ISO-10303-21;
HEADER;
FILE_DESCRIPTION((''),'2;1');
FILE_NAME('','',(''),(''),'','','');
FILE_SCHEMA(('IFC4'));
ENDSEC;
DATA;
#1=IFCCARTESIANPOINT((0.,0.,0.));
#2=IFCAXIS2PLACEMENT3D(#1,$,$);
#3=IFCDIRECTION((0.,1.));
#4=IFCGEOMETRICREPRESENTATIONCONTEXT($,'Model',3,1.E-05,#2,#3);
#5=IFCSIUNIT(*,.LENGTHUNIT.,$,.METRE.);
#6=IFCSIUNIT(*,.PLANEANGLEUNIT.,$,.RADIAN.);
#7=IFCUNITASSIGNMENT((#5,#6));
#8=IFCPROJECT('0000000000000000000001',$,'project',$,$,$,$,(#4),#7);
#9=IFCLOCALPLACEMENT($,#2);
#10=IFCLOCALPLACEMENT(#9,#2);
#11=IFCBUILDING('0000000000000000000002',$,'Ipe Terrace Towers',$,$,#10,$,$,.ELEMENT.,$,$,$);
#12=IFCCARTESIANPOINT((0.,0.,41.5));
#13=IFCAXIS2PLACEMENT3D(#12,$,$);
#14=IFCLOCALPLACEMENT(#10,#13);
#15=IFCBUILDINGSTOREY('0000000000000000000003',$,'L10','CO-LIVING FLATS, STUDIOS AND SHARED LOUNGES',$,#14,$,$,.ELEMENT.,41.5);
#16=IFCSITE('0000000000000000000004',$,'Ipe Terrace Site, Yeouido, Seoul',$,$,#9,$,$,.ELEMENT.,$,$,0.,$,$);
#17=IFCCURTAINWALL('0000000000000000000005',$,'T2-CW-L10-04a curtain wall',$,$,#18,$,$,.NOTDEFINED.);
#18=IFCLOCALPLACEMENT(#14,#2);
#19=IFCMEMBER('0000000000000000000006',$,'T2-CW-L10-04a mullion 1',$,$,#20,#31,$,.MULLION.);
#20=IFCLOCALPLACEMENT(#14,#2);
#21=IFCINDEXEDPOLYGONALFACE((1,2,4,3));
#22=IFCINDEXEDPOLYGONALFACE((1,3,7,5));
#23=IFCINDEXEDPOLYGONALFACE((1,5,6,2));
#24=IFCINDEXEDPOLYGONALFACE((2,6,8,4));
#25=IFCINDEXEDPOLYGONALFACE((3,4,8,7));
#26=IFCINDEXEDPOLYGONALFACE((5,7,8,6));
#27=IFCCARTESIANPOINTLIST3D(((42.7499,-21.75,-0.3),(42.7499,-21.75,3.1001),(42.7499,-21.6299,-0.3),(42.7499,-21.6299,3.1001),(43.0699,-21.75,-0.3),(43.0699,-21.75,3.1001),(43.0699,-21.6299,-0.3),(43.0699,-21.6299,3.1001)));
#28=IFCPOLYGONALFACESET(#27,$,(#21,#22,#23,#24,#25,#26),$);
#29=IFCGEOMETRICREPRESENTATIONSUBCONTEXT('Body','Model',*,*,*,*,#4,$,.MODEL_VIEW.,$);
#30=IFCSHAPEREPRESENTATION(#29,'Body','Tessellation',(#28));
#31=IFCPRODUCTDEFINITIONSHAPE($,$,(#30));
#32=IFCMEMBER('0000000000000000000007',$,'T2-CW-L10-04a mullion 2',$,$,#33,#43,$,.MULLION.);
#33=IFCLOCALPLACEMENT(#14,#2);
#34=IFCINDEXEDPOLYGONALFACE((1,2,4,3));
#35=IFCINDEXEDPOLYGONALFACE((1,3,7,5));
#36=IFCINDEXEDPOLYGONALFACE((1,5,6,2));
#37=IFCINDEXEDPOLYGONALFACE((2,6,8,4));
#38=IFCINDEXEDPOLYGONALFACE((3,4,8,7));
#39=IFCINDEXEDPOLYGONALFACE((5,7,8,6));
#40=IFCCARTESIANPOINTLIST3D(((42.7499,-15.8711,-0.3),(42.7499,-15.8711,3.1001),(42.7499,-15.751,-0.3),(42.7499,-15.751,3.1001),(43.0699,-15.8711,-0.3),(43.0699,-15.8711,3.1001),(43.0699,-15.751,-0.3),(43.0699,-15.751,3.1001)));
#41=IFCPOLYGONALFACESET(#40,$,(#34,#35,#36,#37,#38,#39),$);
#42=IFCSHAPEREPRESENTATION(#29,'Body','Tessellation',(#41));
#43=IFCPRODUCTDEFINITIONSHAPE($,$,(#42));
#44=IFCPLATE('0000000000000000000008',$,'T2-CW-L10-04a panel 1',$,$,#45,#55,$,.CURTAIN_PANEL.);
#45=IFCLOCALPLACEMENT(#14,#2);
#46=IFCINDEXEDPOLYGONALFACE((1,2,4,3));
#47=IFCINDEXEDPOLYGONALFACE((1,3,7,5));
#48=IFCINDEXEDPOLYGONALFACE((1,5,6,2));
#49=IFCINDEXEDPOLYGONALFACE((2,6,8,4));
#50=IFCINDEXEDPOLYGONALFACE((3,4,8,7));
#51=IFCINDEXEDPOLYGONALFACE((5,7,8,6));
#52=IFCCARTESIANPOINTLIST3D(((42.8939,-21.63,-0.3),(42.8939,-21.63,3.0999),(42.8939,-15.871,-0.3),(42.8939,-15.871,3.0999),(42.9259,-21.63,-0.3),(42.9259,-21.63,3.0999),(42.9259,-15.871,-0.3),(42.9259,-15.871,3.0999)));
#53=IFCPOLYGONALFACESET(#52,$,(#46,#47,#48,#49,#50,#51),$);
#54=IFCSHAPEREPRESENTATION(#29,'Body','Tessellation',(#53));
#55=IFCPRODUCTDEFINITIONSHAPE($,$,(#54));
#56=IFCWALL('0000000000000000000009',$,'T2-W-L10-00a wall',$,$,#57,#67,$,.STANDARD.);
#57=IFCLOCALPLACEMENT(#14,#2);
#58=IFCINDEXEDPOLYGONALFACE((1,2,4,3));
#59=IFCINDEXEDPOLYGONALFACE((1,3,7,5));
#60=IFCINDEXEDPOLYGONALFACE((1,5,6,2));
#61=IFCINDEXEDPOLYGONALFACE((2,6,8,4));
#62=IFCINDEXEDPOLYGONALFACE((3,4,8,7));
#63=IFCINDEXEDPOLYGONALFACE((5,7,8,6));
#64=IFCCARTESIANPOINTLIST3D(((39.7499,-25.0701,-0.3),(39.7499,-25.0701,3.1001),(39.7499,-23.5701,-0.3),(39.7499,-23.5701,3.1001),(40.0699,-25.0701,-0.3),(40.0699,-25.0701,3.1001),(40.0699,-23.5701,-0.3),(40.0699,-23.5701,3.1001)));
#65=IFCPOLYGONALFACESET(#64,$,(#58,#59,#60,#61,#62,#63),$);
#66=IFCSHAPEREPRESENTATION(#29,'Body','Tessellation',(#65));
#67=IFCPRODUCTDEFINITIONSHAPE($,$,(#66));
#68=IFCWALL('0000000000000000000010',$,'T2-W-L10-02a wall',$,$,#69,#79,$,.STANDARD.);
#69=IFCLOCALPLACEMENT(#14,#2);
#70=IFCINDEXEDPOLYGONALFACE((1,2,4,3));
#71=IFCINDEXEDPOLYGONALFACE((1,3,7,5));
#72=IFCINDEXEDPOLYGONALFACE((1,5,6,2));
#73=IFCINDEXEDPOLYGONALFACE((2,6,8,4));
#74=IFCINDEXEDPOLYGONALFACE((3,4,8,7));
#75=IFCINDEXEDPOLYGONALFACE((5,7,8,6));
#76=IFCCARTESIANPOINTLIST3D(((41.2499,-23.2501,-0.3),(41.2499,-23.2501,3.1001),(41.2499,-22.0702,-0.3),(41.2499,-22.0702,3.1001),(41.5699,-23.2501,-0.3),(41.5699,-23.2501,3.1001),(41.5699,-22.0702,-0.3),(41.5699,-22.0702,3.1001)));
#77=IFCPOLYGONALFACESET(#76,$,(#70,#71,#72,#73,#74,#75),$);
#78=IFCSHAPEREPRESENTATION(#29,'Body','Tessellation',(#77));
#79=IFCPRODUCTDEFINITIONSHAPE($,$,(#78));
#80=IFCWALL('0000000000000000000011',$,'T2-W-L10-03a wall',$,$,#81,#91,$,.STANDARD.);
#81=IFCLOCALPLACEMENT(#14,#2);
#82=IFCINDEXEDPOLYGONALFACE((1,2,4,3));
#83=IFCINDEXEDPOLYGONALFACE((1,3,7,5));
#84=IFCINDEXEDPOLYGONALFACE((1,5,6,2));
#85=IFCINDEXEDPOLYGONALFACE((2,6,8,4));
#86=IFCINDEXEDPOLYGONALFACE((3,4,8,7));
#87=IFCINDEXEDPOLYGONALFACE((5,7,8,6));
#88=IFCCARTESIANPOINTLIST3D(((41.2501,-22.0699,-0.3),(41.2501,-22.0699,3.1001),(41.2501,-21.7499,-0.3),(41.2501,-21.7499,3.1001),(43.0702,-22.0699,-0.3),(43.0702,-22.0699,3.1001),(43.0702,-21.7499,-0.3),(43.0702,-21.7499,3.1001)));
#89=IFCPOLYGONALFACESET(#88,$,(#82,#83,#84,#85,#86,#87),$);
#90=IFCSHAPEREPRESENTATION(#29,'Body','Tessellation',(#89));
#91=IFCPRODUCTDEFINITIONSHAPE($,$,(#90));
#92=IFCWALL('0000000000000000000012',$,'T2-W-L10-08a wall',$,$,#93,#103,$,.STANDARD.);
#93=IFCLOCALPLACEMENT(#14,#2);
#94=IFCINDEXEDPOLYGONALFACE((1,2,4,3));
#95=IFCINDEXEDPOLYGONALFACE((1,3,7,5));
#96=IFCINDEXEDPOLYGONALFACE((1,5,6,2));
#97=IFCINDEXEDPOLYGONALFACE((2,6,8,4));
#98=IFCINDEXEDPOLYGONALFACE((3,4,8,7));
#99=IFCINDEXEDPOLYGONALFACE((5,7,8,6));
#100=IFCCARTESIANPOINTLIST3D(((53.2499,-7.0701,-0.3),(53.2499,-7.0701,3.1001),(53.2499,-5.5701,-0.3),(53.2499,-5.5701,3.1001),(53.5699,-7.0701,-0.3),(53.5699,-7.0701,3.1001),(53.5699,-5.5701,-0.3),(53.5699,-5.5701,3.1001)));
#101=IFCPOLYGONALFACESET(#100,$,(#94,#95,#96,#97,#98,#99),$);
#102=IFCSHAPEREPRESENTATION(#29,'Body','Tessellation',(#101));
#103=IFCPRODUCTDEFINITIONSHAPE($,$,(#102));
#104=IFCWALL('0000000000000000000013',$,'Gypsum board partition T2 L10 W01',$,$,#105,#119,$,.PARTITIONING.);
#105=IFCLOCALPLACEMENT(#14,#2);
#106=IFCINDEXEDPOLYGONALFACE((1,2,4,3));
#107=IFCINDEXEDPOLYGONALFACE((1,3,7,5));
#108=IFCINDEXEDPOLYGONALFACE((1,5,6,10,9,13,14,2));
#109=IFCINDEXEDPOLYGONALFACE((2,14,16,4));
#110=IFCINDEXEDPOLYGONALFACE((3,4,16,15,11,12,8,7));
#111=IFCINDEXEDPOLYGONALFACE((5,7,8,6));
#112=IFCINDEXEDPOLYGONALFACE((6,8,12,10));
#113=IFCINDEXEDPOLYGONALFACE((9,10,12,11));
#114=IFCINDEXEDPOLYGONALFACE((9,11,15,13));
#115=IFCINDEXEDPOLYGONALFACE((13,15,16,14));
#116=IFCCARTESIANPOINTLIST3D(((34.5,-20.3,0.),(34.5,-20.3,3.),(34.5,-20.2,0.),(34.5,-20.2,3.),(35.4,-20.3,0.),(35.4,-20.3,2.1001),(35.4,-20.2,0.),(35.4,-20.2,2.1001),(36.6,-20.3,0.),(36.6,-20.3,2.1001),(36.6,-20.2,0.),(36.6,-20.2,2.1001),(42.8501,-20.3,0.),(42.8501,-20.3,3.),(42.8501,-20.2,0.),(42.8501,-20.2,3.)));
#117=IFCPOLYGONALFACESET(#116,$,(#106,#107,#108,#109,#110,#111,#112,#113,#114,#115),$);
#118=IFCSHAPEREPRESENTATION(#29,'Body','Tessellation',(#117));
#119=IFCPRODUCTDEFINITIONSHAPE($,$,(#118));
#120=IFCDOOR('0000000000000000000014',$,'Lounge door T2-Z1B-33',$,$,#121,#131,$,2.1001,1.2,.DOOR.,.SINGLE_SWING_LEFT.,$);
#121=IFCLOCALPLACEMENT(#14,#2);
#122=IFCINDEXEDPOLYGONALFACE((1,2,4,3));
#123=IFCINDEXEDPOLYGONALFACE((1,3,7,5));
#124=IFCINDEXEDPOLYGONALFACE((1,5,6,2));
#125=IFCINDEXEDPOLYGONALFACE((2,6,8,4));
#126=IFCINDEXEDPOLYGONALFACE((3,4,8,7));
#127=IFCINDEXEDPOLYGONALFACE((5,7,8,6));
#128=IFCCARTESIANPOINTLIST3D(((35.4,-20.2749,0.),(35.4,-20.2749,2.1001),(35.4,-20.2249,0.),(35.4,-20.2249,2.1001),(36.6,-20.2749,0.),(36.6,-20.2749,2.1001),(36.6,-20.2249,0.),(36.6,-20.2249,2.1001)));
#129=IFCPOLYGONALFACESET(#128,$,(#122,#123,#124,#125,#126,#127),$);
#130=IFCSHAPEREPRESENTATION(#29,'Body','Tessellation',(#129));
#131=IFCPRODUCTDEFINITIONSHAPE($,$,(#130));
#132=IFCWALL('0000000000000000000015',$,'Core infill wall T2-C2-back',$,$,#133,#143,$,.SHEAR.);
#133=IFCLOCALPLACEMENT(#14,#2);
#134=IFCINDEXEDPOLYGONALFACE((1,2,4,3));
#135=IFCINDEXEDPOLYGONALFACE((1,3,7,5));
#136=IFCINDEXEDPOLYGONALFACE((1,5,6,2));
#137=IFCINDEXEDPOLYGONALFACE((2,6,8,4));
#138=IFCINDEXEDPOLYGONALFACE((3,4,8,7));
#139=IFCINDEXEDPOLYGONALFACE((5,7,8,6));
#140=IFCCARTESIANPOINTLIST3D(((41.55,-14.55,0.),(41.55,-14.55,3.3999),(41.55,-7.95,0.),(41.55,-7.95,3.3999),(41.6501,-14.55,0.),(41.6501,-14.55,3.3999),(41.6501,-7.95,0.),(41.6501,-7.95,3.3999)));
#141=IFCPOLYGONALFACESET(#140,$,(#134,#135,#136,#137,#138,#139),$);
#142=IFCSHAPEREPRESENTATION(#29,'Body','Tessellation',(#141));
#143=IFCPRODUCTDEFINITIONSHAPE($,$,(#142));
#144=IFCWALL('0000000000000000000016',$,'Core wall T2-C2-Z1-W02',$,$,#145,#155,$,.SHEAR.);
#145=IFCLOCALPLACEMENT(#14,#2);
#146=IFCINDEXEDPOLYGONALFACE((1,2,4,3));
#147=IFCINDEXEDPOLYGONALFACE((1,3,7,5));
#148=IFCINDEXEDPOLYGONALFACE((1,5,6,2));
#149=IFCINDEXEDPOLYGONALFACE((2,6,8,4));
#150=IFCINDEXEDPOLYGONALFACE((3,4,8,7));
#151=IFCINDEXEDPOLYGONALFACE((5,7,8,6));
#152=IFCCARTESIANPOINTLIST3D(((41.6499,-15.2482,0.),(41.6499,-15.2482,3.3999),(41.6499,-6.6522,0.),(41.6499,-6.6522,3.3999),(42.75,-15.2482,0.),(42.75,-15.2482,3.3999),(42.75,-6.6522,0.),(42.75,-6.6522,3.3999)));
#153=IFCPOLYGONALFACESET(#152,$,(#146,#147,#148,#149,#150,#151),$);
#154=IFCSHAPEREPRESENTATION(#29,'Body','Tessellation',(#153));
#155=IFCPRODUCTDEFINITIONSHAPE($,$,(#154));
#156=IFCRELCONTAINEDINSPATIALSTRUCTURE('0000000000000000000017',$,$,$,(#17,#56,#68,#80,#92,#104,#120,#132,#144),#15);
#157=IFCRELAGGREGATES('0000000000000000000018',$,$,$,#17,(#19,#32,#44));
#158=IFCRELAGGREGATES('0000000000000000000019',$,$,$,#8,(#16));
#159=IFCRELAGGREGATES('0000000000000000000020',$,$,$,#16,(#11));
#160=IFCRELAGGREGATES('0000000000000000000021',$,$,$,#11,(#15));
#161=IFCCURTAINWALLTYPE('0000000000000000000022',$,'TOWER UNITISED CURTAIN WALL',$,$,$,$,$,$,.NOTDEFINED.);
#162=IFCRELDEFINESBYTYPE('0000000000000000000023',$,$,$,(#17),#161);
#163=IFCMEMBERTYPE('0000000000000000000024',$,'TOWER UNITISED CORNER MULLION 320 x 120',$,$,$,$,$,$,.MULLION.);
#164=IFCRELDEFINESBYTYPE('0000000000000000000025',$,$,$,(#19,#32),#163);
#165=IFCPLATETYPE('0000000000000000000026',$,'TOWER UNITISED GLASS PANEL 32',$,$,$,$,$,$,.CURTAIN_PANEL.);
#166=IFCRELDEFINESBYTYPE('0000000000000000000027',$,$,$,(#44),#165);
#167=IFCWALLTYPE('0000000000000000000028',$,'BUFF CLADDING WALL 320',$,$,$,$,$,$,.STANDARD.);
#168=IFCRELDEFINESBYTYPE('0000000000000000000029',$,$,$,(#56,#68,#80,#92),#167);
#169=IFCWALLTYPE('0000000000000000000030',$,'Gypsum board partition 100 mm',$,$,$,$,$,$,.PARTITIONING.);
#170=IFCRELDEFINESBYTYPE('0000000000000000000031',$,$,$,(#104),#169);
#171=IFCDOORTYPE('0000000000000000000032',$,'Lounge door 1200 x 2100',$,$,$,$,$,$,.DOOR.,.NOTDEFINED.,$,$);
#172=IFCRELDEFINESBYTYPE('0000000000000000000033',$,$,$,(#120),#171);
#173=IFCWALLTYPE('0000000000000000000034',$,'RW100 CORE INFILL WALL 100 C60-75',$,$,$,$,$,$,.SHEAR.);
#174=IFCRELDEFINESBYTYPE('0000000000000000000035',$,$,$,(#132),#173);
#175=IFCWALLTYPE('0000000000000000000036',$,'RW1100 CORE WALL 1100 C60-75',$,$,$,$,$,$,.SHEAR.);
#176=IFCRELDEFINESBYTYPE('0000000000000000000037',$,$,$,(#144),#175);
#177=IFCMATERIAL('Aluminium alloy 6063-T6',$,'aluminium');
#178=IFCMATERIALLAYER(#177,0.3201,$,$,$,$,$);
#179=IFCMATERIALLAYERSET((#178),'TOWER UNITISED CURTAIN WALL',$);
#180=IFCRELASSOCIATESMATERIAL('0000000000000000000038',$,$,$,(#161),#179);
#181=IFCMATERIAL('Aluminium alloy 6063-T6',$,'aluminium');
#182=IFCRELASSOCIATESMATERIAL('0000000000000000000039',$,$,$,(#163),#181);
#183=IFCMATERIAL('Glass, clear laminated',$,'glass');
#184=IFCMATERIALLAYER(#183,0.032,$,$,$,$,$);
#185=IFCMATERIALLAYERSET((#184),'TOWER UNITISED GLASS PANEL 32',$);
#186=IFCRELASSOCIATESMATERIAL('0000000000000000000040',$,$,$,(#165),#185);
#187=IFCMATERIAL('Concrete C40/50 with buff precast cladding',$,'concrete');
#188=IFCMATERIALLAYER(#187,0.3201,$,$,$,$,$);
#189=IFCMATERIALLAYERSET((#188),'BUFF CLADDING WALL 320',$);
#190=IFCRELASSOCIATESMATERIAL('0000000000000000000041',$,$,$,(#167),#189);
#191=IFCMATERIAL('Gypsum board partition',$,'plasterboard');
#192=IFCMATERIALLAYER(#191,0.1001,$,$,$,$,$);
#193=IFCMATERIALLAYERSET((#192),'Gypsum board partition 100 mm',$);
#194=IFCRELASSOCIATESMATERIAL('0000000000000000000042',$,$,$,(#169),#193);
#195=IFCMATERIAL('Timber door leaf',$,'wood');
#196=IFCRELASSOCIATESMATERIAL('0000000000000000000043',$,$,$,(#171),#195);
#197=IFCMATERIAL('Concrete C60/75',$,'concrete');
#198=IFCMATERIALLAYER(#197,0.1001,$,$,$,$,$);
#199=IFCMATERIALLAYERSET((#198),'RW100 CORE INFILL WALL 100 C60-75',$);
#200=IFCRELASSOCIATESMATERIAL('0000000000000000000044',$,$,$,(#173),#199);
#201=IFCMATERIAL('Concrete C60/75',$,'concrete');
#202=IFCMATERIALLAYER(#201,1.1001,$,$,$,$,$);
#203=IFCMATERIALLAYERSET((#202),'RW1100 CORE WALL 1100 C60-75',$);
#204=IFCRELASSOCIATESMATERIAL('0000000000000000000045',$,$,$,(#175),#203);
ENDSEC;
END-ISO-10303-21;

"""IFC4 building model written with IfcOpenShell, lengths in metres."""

from ifc_helpers import new_model, si_unit, direction, frame, frame_2d, origin, origin_2d, place, context, subcontext, project, spatial, rectangle, extrude, material, layer, layer_set, material_profile, profile_set, type_object, element, fill, aggregate, save


model = new_model("IFC4")

# Units and contexts
model_context = context("Model", 3, precision=1e-05, world=origin(), true_north=direction((0.0, 1.0)))
body_context = subcontext(model_context, "Body", "Model", "MODEL_VIEW")
ifc_project = project(units=[si_unit("LENGTHUNIT", "METRE"), si_unit("PLANEANGLEUNIT", "RADIAN")], contexts=[model_context])

# Site, building, storey
site_placement = place(None, origin())
site = spatial("IfcSite", under=ifc_project, at=site_placement, Name="Ipe Terrace Site, Yeouido, Seoul", CompositionType="ELEMENT", RefElevation=0.0)
building_placement = place(site_placement, origin())
building = spatial("IfcBuilding", under=site, at=building_placement, Name="Ipe Terrace Towers", CompositionType="ELEMENT")
storey_placement = place(building_placement, frame((0.0, 0.0, 41.5)))
storey = spatial("IfcBuildingStorey", under=building, at=storey_placement, Name="L10", Description="CO-LIVING FLATS, STUDIOS AND SHARED LOUNGES", CompositionType="ELEMENT", Elevation=41.5)

# Curtain wall, members, plate
ifc_material_1 = material(Name="Aluminium alloy 6063-T6", Category="aluminium")
ifc_layer_1 = layer(ifc_material_1, 0.3201)
ifc_layer_set_1 = layer_set([ifc_layer_1], Name="TOWER UNITISED CURTAIN WALL")
curtain_wall_type = type_object("IfcCurtainWallType", Name="TOWER UNITISED CURTAIN WALL", PredefinedType="NOTDEFINED", material=ifc_layer_set_1)
curtain_wall_placement = place(storey_placement, origin())
curtain_wall = element("IfcCurtainWall", 1, at=curtain_wall_placement, inside=storey, type_object=curtain_wall_type, Name="T2-CW-L10-04a curtain wall", PredefinedType="NOTDEFINED")
ifc_material_2 = material(Name="Aluminium alloy 6063-T6", Category="aluminium")
ifc_material_profile_1 = material_profile(ifc_material_2, rectangle(XDim=0.3201, YDim=0.1201, at=origin_2d()), Name="TOWER UNITISED CORNER MULLION 320 x 120")
ifc_profile_set_1 = profile_set([ifc_material_profile_1], Name="Aluminium alloy 6063-T6")
member_type = type_object("IfcMemberType", Name="TOWER UNITISED CORNER MULLION 320 x 120", PredefinedType="MULLION", material=ifc_profile_set_1)
member_1_placement = place(storey_placement, frame((42.9099, -21.6899, -0.3), z_axis=(0.0, 0.0, 1.0), x_axis=(1.0, 0.0, 0.0)))
member_1 = element("IfcMember", 2, at=member_1_placement, type_object=member_type, Name="T2-CW-L10-04a mullion 1", PredefinedType="MULLION", context=body_context, shape_type="SweptSolid", body=[
    extrude(rectangle(XDim=0.3201, YDim=0.1201, at=origin_2d()), origin(), (0.0, 0.0, 1.0), 3.4001),
])
member_2_placement = place(storey_placement, frame((42.9099, -15.811, -0.3), z_axis=(0.0, 0.0, 1.0), x_axis=(1.0, 0.0, 0.0)))
member_2 = element("IfcMember", 3, at=member_2_placement, type_object=member_type, Name="T2-CW-L10-04a mullion 2", PredefinedType="MULLION", context=body_context, shape_type="SweptSolid", body=[
    extrude(rectangle(XDim=0.3201, YDim=0.1201, at=origin_2d()), origin(), (0.0, 0.0, 1.0), 3.4001),
])
ifc_material_3 = material(Name="Glass, clear laminated", Category="glass")
ifc_layer_2 = layer(ifc_material_3, 0.032)
ifc_layer_set_2 = layer_set([ifc_layer_2], Name="TOWER UNITISED GLASS PANEL 32")
plate_type = type_object("IfcPlateType", Name="TOWER UNITISED GLASS PANEL 32", PredefinedType="CURTAIN_PANEL", material=ifc_layer_set_2)
plate_placement = place(storey_placement, frame((42.9099, -18.7505, -0.3), z_axis=(0.0, 0.0, 1.0), x_axis=(0.0, 1.0, 0.0)))
plate = element("IfcPlate", 4, at=plate_placement, type_object=plate_type, Name="T2-CW-L10-04a panel 1", PredefinedType="CURTAIN_PANEL", context=body_context, shape_type="SweptSolid", body=[
    extrude(rectangle(XDim=5.759, YDim=0.032, at=origin_2d()), origin(), (0.0, 0.0, 1.0), 3.3999),
])
aggregate(curtain_wall, [member_1, member_2, plate])

# Walls
ifc_material_4 = material(Name="Concrete C40/50 with buff precast cladding", Category="concrete")
ifc_layer_3 = layer(ifc_material_4, 0.3201)
ifc_layer_set_3 = layer_set([ifc_layer_3], Name="BUFF CLADDING WALL 320")
wall_type_1 = type_object("IfcWallType", Name="BUFF CLADDING WALL 320", PredefinedType="STANDARD", material=ifc_layer_set_3)
wall_1_placement = place(storey_placement, frame((39.9099, -25.0701, -0.3), z_axis=(0.0, 0.0, 1.0), x_axis=(0.0, 1.0, 0.0)))
element("IfcWall", 5, at=wall_1_placement, inside=storey, type_object=wall_type_1, Name="T2-W-L10-00a wall", PredefinedType="STANDARD", context=body_context, shape_type="SweptSolid", body=[
    extrude(rectangle(XDim=1.5, YDim=0.3201, at=frame_2d((0.75, 0.0))), origin(), (0.0, 0.0, 1.0), 3.4001),
])
wall_2_placement = place(storey_placement, frame((41.4099, -23.25, -0.3), z_axis=(0.0, 0.0, 1.0), x_axis=(0.0, 1.0, 0.0)))
element("IfcWall", 6, at=wall_2_placement, inside=storey, type_object=wall_type_1, Name="T2-W-L10-02a wall", PredefinedType="STANDARD", context=body_context, shape_type="SweptSolid", body=[
    extrude(rectangle(XDim=1.1799, YDim=0.3201, at=frame_2d((0.5898, 0.0))), origin(), (0.0, 0.0, 1.0), 3.4001),
])
wall_3_placement = place(storey_placement, frame((41.25, -21.9099, -0.3), z_axis=(0.0, 0.0, 1.0), x_axis=(1.0, 0.0, 0.0)))
element("IfcWall", 7, at=wall_3_placement, inside=storey, type_object=wall_type_1, Name="T2-W-L10-03a wall", PredefinedType="STANDARD", context=body_context, shape_type="SweptSolid", body=[
    extrude(rectangle(XDim=1.8201, YDim=0.3201, at=frame_2d((0.9102, 0.0))), origin(), (0.0, 0.0, 1.0), 3.4001),
])
wall_4_placement = place(storey_placement, frame((53.4099, -7.0701, -0.3), z_axis=(0.0, 0.0, 1.0), x_axis=(0.0, 1.0, 0.0)))
element("IfcWall", 8, at=wall_4_placement, inside=storey, type_object=wall_type_1, Name="T2-W-L10-08a wall", PredefinedType="STANDARD", context=body_context, shape_type="SweptSolid", body=[
    extrude(rectangle(XDim=1.5, YDim=0.3201, at=frame_2d((0.75, 0.0))), origin(), (0.0, 0.0, 1.0), 3.4001),
])

# Wall, opening, door
ifc_material_5 = material(Name="Gypsum board partition", Category="plasterboard")
ifc_layer_4 = layer(ifc_material_5, 0.1001)
ifc_layer_set_4 = layer_set([ifc_layer_4], Name="Gypsum board partition 100 mm")
wall_type_2 = type_object("IfcWallType", Name="Gypsum board partition 100 mm", PredefinedType="PARTITIONING", material=ifc_layer_set_4)
wall_5_placement = place(storey_placement, frame((42.8501, -20.25, 0.0), z_axis=(0.0, 0.0, 1.0), x_axis=(-1.0, 0.0, 0.0)))
wall_5 = element("IfcWall", 9, at=wall_5_placement, inside=storey, type_object=wall_type_2, Name="Gypsum board partition T2 L10 W01", PredefinedType="PARTITIONING", context=body_context, shape_type="SweptSolid", body=[
    extrude(rectangle(XDim=8.3501, YDim=0.1001, at=frame_2d((4.175, 0.0))), origin(), (0.0, 0.0, 1.0), 3.0),
])
opening_1_placement = place(wall_5_placement, frame((6.25, 0.0, 0.0)))
opening_1 = element("IfcOpeningElement", 10, at=opening_1_placement, cuts=wall_5, PredefinedType="OPENING", context=body_context, shape_type="SweptSolid", body=[
    extrude(rectangle(XDim=1.2, YDim=2.1001, at=frame_2d((0.6001, 1.05))), frame((0.0, 0.0601, 0.0), z_axis=(0.0, -1.0, 0.0), x_axis=(1.0, 0.0, 0.0)), (0.0, 0.0, 1.0), 0.1201),
])
ifc_material_6 = material(Name="Timber door leaf", Category="wood")
door_type_1 = type_object("IfcDoorType", Name="Lounge door 1200 x 2100", OperationType="NOTDEFINED", PredefinedType="DOOR", material=ifc_material_6)
door_1_placement = place(opening_1_placement, origin())
door_1 = element("IfcDoor", 11, at=door_1_placement, inside=storey, type_object=door_type_1, Name="Lounge door T2-Z1B-33", OperationType="SINGLE_SWING_LEFT", OverallHeight=2.1001, OverallWidth=1.2, PredefinedType="DOOR", context=body_context, shape_type="SweptSolid", body=[
    extrude(rectangle(XDim=1.2, YDim=2.1001, at=frame_2d((0.6001, 1.05))), frame((0.0, 0.0249, 0.0), z_axis=(0.0, -1.0, 0.0), x_axis=(1.0, 0.0, 0.0)), (0.0, 0.0, 1.0), 0.05),
])
fill(opening_1, door_1)

# Walls
ifc_material_7 = material(Name="Concrete C60/75", Category="concrete")
ifc_layer_5 = layer(ifc_material_7, 0.1001)
ifc_layer_set_5 = layer_set([ifc_layer_5], Name="RW100 CORE INFILL WALL 100 C60-75")
wall_type_3 = type_object("IfcWallType", Name="RW100 CORE INFILL WALL 100 C60-75", PredefinedType="SHEAR", material=ifc_layer_set_5)
wall_6_placement = place(storey_placement, frame((41.6001, -7.95, 0.0), z_axis=(0.0, 0.0, 1.0), x_axis=(0.0, -1.0, 0.0)))
element("IfcWall", 12, at=wall_6_placement, inside=storey, type_object=wall_type_3, Name="Core infill wall T2-C2-back", PredefinedType="SHEAR", context=body_context, shape_type="SweptSolid", body=[
    extrude(rectangle(XDim=6.6001, YDim=0.1001, at=frame_2d((3.3, 0.0))), origin(), (0.0, 0.0, 1.0), 3.3999),
])
ifc_material_8 = material(Name="Concrete C60/75", Category="concrete")
ifc_layer_6 = layer(ifc_material_8, 1.1001)
ifc_layer_set_6 = layer_set([ifc_layer_6], Name="RW1100 CORE WALL 1100 C60-75")
wall_type_4 = type_object("IfcWallType", Name="RW1100 CORE WALL 1100 C60-75", PredefinedType="SHEAR", material=ifc_layer_set_6)
wall_7_placement = place(storey_placement, frame((42.2, -15.248, 0.0), z_axis=(0.0, 0.0, 1.0), x_axis=(0.0, 1.0, 0.0)))
element("IfcWall", 13, at=wall_7_placement, inside=storey, type_object=wall_type_4, Name="Core wall T2-C2-Z1-W02", PredefinedType="SHEAR", context=body_context, shape_type="SweptSolid", body=[
    extrude(rectangle(XDim=8.5959, YDim=1.1001, at=frame_2d((4.2979, 0.0))), origin(), (0.0, 0.0, 1.0), 3.3999),
])

save(model, "model.ifc")
